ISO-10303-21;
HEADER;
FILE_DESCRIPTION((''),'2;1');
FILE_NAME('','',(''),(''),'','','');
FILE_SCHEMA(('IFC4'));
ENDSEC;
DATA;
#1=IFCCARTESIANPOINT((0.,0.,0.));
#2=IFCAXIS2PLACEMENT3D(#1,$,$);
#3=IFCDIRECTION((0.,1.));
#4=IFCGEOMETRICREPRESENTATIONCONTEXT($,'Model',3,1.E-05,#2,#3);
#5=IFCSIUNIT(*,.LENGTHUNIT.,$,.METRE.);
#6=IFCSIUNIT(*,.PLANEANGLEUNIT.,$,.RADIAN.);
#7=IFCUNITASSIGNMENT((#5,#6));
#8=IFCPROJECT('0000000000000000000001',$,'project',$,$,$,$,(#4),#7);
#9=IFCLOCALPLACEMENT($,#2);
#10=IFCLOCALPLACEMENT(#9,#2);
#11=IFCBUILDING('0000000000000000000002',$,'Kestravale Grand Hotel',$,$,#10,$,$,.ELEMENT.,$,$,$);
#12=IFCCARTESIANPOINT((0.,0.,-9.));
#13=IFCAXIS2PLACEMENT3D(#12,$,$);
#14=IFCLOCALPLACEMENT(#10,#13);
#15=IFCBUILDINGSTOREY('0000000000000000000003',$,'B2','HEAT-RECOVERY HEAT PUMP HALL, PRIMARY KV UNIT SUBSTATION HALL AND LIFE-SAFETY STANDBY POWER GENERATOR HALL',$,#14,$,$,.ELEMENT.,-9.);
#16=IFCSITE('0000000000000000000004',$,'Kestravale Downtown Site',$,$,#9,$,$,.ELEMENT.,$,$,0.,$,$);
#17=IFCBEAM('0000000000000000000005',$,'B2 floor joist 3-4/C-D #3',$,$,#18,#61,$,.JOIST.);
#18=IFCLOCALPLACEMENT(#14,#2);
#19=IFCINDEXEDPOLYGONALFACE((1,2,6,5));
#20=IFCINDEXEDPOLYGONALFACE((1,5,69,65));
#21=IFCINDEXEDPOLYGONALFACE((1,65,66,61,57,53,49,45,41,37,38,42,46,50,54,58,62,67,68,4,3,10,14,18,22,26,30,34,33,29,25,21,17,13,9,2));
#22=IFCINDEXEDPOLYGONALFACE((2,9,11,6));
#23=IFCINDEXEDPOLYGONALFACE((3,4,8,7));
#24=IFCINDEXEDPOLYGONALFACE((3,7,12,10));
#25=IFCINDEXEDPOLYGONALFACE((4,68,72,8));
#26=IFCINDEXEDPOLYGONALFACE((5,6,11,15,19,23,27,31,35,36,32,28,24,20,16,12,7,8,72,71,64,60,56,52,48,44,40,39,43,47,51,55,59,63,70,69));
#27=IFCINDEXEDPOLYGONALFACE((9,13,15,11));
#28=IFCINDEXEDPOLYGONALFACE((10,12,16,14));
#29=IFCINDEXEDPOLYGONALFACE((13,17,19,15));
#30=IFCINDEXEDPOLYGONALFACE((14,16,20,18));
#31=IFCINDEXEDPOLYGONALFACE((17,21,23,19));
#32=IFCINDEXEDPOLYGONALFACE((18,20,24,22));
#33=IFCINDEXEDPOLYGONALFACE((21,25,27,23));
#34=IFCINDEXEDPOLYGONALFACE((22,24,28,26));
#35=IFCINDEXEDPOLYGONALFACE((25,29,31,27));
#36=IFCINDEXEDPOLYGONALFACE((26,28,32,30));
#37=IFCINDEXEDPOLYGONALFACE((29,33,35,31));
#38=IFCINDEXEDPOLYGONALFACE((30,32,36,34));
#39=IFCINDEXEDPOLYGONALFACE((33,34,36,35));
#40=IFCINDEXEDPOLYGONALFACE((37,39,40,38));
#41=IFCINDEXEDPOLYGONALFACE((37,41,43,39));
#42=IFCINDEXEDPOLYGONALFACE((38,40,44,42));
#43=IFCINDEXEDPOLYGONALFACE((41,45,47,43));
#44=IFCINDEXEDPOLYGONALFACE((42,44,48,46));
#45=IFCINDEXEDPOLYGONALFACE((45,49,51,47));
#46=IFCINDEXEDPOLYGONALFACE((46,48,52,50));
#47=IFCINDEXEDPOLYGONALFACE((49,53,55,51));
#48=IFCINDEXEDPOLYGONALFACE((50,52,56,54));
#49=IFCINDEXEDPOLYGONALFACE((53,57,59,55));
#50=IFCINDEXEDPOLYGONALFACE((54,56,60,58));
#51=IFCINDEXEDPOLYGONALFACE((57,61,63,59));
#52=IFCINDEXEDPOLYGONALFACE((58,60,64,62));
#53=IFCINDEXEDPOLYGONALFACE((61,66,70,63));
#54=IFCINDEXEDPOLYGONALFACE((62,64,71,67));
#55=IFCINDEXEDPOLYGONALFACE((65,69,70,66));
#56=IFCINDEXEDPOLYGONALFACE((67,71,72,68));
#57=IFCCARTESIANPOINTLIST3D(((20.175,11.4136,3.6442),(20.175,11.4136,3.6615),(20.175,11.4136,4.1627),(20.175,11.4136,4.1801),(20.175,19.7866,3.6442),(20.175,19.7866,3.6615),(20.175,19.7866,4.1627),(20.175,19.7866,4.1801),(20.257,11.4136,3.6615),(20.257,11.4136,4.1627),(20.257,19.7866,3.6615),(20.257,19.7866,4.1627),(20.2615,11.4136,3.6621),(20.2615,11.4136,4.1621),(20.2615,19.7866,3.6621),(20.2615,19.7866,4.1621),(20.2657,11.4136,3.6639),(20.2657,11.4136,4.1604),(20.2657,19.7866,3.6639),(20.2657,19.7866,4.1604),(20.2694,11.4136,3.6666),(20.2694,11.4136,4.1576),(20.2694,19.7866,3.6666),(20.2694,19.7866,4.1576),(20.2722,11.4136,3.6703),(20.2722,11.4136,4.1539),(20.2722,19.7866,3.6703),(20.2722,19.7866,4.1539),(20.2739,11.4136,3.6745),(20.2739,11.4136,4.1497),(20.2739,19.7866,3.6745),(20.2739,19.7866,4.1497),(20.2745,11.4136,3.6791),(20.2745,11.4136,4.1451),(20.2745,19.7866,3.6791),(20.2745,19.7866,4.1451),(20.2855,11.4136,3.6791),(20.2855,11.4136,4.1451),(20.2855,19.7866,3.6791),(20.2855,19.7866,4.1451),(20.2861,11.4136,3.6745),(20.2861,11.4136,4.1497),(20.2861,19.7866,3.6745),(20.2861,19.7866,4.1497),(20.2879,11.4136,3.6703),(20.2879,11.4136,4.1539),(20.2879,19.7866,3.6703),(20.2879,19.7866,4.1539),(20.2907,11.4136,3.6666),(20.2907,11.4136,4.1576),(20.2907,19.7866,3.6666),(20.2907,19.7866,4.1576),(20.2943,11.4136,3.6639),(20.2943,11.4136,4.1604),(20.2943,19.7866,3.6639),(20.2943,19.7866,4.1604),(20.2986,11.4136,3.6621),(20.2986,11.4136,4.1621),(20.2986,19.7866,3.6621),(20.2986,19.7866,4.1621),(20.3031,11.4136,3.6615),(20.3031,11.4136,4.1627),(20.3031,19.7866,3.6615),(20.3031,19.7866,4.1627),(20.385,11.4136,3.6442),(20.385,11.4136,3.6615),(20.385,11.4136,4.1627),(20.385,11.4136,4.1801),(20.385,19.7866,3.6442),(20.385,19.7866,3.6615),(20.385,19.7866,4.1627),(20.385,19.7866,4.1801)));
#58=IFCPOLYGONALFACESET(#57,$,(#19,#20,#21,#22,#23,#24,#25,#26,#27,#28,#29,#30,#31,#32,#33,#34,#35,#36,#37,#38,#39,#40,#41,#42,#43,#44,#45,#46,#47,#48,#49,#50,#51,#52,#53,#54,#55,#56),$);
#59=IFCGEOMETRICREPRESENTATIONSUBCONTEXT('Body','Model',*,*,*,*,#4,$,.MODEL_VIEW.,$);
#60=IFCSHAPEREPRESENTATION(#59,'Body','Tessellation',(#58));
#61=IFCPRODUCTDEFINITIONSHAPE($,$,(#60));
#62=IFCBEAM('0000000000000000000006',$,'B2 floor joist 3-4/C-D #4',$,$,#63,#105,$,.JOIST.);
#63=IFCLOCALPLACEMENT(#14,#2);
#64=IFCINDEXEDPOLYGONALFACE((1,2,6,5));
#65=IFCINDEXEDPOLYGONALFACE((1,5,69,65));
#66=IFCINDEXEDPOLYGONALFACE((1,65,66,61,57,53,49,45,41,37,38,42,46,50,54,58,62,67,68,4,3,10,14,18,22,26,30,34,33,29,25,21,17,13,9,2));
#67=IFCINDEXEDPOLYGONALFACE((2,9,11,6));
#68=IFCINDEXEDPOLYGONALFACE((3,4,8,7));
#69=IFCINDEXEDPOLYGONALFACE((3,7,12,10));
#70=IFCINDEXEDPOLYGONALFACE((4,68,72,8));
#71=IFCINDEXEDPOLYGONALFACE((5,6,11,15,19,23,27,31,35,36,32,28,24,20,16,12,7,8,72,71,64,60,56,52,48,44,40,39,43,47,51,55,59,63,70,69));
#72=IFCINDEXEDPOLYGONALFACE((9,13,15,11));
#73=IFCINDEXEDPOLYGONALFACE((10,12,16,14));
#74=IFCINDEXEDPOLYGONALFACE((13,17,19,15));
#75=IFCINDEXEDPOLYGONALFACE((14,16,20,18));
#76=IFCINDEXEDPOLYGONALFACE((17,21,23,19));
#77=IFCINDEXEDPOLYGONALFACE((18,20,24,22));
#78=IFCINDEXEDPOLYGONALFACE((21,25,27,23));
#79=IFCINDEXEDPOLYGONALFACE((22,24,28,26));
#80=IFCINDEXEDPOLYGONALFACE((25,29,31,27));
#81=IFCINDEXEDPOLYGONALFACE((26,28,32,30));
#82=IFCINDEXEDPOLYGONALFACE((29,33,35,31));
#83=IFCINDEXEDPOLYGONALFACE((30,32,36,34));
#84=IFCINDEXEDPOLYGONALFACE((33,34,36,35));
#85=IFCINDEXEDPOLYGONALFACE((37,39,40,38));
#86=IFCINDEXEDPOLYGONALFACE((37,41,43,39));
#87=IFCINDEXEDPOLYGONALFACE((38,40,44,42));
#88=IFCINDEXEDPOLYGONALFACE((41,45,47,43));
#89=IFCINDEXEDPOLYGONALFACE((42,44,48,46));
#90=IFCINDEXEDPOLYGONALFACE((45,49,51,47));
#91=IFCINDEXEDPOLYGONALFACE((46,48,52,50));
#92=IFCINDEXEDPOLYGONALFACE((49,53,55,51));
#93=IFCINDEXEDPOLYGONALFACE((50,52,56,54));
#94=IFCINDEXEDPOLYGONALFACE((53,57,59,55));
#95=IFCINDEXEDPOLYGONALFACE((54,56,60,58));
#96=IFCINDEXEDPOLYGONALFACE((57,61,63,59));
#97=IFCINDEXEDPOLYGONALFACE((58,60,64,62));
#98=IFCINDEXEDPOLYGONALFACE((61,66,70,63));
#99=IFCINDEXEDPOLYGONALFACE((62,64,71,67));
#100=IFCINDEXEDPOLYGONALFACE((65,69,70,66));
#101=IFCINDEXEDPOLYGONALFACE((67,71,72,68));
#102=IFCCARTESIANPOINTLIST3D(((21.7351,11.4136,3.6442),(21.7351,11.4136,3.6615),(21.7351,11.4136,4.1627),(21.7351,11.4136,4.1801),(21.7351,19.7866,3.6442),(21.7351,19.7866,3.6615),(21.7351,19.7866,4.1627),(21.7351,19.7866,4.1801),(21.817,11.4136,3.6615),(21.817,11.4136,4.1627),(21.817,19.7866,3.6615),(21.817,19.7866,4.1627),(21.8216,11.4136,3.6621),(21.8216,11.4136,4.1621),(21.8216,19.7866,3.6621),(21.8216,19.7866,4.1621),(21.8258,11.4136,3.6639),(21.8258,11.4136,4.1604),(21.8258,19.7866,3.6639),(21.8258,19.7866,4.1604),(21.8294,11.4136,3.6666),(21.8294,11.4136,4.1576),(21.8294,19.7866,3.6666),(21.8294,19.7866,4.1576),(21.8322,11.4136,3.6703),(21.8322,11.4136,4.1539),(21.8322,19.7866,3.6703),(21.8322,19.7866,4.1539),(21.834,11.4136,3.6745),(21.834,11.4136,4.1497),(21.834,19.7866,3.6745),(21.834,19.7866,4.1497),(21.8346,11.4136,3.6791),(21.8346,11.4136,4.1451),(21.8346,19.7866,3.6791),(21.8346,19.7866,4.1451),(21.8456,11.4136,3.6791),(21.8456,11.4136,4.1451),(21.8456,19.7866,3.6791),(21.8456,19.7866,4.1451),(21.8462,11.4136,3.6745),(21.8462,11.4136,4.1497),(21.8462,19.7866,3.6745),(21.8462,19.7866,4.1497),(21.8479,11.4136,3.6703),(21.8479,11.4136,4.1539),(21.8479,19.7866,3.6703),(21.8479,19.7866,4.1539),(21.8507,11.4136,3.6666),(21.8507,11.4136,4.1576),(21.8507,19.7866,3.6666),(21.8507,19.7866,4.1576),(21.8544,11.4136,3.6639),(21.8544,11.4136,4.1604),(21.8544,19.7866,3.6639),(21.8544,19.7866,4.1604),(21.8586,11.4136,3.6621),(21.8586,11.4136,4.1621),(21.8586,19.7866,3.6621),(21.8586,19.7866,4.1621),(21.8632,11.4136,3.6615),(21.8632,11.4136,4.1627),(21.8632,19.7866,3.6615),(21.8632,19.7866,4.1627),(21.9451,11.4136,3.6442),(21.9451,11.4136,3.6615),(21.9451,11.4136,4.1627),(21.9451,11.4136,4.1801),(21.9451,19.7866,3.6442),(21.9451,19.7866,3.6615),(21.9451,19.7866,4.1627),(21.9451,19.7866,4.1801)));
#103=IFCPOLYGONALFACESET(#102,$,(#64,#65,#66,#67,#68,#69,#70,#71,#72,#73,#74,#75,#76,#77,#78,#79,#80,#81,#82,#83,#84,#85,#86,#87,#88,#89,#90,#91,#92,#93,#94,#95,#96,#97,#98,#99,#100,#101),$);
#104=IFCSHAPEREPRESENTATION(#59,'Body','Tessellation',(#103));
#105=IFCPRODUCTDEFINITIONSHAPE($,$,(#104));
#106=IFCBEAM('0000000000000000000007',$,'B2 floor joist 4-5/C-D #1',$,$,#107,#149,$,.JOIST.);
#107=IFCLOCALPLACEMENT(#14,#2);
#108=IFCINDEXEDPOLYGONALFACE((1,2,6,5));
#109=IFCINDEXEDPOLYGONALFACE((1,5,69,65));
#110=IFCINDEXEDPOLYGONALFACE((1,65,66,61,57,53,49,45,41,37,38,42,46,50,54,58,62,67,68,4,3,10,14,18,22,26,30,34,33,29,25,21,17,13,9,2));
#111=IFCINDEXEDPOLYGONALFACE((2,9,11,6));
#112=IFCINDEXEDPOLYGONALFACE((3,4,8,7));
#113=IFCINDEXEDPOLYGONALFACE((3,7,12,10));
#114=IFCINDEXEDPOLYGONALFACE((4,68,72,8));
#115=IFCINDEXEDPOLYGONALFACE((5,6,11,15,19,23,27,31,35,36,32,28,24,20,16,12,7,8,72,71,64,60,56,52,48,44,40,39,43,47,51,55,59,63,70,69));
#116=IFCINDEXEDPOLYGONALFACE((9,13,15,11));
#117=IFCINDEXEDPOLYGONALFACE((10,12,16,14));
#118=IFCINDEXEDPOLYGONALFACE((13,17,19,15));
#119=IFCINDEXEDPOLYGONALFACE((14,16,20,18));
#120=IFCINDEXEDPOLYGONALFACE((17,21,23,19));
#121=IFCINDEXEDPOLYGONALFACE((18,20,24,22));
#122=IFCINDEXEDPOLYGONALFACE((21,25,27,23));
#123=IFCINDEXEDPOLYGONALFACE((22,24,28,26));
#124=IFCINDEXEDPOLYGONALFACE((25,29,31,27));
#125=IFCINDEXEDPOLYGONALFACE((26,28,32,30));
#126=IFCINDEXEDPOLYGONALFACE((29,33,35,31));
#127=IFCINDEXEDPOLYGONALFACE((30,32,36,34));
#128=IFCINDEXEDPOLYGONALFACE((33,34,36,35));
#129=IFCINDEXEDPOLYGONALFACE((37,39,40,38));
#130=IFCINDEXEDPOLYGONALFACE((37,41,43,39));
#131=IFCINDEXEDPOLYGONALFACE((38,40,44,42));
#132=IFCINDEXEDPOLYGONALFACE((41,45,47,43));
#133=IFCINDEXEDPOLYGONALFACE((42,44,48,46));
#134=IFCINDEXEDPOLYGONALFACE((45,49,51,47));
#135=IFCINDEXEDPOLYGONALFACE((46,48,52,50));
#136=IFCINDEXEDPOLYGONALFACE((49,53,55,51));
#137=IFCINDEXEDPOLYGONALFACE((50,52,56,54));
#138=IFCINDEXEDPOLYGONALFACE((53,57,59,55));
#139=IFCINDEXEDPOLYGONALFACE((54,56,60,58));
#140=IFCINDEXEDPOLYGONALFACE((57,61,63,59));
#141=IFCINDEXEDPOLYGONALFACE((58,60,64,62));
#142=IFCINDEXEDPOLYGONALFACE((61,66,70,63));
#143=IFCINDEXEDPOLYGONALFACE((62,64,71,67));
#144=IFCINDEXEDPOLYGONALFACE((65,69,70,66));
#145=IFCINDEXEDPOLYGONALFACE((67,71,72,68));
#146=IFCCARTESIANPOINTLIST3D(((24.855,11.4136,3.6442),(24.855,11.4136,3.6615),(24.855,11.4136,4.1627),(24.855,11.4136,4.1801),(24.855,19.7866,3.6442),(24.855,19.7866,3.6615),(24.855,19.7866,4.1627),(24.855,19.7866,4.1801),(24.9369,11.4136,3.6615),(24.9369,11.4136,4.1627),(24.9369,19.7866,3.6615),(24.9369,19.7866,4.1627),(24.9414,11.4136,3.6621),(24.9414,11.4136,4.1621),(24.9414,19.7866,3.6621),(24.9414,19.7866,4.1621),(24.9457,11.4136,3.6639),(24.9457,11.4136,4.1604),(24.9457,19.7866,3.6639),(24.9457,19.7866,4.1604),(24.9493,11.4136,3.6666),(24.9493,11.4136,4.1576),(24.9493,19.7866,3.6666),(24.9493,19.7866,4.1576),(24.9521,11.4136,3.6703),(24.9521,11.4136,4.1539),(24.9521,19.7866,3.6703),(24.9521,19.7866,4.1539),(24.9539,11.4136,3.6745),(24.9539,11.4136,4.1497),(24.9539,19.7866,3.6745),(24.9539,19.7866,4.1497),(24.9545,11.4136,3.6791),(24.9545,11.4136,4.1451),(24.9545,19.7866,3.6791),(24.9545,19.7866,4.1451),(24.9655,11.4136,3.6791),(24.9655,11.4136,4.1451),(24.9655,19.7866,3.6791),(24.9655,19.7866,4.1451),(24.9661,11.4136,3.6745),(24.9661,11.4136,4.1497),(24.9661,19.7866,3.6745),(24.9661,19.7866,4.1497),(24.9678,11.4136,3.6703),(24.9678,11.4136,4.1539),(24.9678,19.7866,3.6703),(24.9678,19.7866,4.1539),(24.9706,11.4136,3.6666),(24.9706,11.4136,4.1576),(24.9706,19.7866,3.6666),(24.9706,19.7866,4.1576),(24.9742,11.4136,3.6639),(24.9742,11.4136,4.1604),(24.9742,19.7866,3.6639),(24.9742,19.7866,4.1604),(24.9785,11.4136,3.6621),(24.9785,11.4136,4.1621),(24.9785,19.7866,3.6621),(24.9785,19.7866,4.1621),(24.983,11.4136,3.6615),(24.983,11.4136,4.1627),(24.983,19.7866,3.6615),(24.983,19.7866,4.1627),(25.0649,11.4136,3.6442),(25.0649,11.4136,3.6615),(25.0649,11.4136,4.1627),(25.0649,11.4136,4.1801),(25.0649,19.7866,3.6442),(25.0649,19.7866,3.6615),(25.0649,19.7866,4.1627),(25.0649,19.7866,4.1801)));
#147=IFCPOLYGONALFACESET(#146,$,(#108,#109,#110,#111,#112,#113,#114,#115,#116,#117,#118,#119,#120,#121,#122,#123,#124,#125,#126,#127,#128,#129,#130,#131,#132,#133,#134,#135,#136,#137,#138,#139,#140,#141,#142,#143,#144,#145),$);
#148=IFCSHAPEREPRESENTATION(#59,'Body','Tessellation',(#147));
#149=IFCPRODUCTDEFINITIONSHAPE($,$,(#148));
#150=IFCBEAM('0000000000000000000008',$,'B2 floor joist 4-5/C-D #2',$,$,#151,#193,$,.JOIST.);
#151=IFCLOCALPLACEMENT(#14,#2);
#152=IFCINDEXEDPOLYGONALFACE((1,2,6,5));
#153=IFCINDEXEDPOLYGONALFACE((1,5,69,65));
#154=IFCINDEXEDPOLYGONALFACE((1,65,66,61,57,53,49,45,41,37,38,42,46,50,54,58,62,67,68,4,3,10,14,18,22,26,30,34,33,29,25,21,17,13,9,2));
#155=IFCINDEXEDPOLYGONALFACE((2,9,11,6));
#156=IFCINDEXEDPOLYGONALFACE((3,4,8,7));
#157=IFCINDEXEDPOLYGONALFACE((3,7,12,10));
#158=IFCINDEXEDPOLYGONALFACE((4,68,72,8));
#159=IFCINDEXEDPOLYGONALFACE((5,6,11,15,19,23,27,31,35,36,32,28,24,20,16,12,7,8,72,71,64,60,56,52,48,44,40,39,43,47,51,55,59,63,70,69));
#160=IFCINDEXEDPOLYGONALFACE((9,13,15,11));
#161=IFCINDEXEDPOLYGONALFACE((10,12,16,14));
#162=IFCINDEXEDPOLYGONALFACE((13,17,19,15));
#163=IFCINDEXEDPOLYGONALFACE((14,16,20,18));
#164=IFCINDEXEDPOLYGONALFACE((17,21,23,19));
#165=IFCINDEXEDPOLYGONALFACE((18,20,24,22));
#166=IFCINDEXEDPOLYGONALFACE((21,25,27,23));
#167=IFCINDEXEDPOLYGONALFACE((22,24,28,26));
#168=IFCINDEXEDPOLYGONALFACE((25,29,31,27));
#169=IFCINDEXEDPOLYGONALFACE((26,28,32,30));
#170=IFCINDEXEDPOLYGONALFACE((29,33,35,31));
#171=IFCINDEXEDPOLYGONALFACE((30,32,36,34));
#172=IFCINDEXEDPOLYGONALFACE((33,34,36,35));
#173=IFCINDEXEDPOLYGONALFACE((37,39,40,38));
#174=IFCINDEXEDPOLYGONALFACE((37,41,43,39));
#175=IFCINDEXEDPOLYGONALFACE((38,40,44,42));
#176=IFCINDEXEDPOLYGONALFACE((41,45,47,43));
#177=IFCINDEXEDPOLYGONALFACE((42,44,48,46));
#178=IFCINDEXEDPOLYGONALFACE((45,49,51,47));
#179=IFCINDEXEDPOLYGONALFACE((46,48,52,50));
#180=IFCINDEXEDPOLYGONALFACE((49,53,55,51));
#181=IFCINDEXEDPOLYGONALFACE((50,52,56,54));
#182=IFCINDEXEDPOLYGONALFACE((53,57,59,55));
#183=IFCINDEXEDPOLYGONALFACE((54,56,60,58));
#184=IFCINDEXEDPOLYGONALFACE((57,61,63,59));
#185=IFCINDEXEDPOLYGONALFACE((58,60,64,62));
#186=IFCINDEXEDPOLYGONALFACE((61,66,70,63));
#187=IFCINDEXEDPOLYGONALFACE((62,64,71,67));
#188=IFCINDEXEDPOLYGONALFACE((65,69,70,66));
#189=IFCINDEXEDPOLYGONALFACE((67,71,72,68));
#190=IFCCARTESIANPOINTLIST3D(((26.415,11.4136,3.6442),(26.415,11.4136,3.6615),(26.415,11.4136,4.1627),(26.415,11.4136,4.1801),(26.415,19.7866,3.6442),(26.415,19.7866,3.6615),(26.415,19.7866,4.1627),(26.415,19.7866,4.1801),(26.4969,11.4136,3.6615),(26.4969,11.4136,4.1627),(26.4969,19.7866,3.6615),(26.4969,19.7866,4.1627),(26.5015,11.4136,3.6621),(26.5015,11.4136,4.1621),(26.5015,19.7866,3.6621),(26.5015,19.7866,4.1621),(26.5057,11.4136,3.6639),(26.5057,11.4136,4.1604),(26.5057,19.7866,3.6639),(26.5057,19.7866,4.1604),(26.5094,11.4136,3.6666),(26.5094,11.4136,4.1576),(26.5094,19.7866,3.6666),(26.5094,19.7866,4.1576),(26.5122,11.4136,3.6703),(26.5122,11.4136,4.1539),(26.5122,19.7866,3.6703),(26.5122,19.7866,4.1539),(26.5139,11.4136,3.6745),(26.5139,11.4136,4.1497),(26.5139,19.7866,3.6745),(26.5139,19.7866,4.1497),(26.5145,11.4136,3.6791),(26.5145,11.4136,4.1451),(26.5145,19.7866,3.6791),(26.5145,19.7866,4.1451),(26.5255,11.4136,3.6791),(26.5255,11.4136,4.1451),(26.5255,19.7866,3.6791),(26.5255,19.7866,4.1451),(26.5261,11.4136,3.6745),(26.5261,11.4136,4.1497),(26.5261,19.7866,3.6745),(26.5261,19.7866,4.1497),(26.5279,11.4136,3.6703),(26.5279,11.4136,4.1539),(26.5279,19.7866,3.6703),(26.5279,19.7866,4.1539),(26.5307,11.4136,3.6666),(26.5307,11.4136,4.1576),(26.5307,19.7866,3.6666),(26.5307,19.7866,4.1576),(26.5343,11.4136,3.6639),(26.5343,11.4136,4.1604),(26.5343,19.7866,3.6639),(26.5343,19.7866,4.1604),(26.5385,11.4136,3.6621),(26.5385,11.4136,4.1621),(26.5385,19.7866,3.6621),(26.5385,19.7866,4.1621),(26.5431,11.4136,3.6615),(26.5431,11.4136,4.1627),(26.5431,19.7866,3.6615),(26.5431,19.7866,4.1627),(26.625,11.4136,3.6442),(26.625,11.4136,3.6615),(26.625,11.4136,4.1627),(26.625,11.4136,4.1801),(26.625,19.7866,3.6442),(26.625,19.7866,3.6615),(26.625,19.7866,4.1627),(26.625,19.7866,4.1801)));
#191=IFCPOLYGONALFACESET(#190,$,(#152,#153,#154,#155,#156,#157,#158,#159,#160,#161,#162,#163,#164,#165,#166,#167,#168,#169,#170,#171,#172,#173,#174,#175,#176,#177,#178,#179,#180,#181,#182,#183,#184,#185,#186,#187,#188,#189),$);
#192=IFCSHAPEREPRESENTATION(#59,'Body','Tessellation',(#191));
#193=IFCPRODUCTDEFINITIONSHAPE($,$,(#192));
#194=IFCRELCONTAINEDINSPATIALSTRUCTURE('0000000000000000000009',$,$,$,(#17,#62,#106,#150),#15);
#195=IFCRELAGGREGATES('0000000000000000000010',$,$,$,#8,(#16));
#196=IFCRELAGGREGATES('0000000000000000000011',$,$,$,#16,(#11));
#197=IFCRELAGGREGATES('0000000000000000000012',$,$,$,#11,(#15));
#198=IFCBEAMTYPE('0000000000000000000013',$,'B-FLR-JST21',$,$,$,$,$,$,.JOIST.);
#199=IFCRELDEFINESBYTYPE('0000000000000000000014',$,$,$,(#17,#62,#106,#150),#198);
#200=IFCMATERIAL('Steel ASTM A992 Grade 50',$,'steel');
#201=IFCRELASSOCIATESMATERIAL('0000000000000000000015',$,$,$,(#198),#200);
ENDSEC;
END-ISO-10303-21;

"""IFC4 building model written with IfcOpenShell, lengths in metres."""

from ifc_helpers import new_model, si_unit, direction, frame, origin, origin_2d, place, context, subcontext, project, spatial, i_section, extrude, material, material_profile, profile_set, type_object, element, save


model = new_model("IFC4")

# Units and contexts
model_context = context("Model", 3, precision=1e-05, world=origin(), true_north=direction((0.0, 1.0)))
body_context = subcontext(model_context, "Body", "Model", "MODEL_VIEW")
ifc_project = project(units=[si_unit("LENGTHUNIT", "METRE"), si_unit("PLANEANGLEUNIT", "RADIAN")], contexts=[model_context])

# Site, building, storey
site_placement = place(None, origin())
site = spatial("IfcSite", under=ifc_project, at=site_placement, Name="Kestravale Downtown Site", CompositionType="ELEMENT", RefElevation=0.0)
building_placement = place(site_placement, origin())
building = spatial("IfcBuilding", under=site, at=building_placement, Name="Kestravale Grand Hotel", CompositionType="ELEMENT")
storey_placement = place(building_placement, frame((0.0, 0.0, -9.0)))
storey = spatial("IfcBuildingStorey", under=building, at=storey_placement, Name="B2", Description="HEAT-RECOVERY HEAT PUMP HALL, PRIMARY KV UNIT SUBSTATION HALL AND LIFE-SAFETY STANDBY POWER GENERATOR HALL", CompositionType="ELEMENT", Elevation=-9.0)

# Beams
ifc_material_1 = material(Name="Steel ASTM A992 Grade 50", Category="steel")
ifc_material_profile_1 = material_profile(ifc_material_1, i_section(OverallWidth=0.21, OverallDepth=0.5359, WebThickness=0.011, FlangeThickness=0.0173, FilletRadius=0.0176, at=origin_2d()))
ifc_profile_set_1 = profile_set([ifc_material_profile_1], Name="Steel ASTM A992 Grade 50")
beam_type_1 = type_object("IfcBeamType", Name="B-FLR-JST21", PredefinedType="JOIST", material=ifc_profile_set_1)
for number, where, z_axis, x_axis, name in (
    (1, (20.28, 11.4136, 3.9121), (0.0, 1.0, 0.0), (-1.0, 0.0, 0.0), "B2 floor joist 3-4/C-D #3"),
    (2, (21.8401, 11.4136, 3.9121), (0.0, 1.0, 0.0), (-1.0, 0.0, 0.0), "B2 floor joist 3-4/C-D #4"),
    (3, (24.96, 11.4136, 3.9121), (0.0, 1.0, 0.0), (-1.0, 0.0, 0.0), "B2 floor joist 4-5/C-D #1"),
    (4, (26.52, 11.4136, 3.9121), (0.0, 1.0, 0.0), (-1.0, 0.0, 0.0), "B2 floor joist 4-5/C-D #2"),
):
    element("IfcBeam", number, at=place(storey_placement, frame(where, z_axis=z_axis, x_axis=x_axis)), inside=storey, type_object=beam_type_1, Name=name, PredefinedType="JOIST", context=body_context, shape_type="SweptSolid", body=[
        extrude(i_section(OverallWidth=0.21, OverallDepth=0.5359, WebThickness=0.011, FlangeThickness=0.0173, FilletRadius=0.0176, at=origin_2d()), origin(), (0.0, 0.0, 1.0), 8.373),
    ])

save(model, "model.ifc")
